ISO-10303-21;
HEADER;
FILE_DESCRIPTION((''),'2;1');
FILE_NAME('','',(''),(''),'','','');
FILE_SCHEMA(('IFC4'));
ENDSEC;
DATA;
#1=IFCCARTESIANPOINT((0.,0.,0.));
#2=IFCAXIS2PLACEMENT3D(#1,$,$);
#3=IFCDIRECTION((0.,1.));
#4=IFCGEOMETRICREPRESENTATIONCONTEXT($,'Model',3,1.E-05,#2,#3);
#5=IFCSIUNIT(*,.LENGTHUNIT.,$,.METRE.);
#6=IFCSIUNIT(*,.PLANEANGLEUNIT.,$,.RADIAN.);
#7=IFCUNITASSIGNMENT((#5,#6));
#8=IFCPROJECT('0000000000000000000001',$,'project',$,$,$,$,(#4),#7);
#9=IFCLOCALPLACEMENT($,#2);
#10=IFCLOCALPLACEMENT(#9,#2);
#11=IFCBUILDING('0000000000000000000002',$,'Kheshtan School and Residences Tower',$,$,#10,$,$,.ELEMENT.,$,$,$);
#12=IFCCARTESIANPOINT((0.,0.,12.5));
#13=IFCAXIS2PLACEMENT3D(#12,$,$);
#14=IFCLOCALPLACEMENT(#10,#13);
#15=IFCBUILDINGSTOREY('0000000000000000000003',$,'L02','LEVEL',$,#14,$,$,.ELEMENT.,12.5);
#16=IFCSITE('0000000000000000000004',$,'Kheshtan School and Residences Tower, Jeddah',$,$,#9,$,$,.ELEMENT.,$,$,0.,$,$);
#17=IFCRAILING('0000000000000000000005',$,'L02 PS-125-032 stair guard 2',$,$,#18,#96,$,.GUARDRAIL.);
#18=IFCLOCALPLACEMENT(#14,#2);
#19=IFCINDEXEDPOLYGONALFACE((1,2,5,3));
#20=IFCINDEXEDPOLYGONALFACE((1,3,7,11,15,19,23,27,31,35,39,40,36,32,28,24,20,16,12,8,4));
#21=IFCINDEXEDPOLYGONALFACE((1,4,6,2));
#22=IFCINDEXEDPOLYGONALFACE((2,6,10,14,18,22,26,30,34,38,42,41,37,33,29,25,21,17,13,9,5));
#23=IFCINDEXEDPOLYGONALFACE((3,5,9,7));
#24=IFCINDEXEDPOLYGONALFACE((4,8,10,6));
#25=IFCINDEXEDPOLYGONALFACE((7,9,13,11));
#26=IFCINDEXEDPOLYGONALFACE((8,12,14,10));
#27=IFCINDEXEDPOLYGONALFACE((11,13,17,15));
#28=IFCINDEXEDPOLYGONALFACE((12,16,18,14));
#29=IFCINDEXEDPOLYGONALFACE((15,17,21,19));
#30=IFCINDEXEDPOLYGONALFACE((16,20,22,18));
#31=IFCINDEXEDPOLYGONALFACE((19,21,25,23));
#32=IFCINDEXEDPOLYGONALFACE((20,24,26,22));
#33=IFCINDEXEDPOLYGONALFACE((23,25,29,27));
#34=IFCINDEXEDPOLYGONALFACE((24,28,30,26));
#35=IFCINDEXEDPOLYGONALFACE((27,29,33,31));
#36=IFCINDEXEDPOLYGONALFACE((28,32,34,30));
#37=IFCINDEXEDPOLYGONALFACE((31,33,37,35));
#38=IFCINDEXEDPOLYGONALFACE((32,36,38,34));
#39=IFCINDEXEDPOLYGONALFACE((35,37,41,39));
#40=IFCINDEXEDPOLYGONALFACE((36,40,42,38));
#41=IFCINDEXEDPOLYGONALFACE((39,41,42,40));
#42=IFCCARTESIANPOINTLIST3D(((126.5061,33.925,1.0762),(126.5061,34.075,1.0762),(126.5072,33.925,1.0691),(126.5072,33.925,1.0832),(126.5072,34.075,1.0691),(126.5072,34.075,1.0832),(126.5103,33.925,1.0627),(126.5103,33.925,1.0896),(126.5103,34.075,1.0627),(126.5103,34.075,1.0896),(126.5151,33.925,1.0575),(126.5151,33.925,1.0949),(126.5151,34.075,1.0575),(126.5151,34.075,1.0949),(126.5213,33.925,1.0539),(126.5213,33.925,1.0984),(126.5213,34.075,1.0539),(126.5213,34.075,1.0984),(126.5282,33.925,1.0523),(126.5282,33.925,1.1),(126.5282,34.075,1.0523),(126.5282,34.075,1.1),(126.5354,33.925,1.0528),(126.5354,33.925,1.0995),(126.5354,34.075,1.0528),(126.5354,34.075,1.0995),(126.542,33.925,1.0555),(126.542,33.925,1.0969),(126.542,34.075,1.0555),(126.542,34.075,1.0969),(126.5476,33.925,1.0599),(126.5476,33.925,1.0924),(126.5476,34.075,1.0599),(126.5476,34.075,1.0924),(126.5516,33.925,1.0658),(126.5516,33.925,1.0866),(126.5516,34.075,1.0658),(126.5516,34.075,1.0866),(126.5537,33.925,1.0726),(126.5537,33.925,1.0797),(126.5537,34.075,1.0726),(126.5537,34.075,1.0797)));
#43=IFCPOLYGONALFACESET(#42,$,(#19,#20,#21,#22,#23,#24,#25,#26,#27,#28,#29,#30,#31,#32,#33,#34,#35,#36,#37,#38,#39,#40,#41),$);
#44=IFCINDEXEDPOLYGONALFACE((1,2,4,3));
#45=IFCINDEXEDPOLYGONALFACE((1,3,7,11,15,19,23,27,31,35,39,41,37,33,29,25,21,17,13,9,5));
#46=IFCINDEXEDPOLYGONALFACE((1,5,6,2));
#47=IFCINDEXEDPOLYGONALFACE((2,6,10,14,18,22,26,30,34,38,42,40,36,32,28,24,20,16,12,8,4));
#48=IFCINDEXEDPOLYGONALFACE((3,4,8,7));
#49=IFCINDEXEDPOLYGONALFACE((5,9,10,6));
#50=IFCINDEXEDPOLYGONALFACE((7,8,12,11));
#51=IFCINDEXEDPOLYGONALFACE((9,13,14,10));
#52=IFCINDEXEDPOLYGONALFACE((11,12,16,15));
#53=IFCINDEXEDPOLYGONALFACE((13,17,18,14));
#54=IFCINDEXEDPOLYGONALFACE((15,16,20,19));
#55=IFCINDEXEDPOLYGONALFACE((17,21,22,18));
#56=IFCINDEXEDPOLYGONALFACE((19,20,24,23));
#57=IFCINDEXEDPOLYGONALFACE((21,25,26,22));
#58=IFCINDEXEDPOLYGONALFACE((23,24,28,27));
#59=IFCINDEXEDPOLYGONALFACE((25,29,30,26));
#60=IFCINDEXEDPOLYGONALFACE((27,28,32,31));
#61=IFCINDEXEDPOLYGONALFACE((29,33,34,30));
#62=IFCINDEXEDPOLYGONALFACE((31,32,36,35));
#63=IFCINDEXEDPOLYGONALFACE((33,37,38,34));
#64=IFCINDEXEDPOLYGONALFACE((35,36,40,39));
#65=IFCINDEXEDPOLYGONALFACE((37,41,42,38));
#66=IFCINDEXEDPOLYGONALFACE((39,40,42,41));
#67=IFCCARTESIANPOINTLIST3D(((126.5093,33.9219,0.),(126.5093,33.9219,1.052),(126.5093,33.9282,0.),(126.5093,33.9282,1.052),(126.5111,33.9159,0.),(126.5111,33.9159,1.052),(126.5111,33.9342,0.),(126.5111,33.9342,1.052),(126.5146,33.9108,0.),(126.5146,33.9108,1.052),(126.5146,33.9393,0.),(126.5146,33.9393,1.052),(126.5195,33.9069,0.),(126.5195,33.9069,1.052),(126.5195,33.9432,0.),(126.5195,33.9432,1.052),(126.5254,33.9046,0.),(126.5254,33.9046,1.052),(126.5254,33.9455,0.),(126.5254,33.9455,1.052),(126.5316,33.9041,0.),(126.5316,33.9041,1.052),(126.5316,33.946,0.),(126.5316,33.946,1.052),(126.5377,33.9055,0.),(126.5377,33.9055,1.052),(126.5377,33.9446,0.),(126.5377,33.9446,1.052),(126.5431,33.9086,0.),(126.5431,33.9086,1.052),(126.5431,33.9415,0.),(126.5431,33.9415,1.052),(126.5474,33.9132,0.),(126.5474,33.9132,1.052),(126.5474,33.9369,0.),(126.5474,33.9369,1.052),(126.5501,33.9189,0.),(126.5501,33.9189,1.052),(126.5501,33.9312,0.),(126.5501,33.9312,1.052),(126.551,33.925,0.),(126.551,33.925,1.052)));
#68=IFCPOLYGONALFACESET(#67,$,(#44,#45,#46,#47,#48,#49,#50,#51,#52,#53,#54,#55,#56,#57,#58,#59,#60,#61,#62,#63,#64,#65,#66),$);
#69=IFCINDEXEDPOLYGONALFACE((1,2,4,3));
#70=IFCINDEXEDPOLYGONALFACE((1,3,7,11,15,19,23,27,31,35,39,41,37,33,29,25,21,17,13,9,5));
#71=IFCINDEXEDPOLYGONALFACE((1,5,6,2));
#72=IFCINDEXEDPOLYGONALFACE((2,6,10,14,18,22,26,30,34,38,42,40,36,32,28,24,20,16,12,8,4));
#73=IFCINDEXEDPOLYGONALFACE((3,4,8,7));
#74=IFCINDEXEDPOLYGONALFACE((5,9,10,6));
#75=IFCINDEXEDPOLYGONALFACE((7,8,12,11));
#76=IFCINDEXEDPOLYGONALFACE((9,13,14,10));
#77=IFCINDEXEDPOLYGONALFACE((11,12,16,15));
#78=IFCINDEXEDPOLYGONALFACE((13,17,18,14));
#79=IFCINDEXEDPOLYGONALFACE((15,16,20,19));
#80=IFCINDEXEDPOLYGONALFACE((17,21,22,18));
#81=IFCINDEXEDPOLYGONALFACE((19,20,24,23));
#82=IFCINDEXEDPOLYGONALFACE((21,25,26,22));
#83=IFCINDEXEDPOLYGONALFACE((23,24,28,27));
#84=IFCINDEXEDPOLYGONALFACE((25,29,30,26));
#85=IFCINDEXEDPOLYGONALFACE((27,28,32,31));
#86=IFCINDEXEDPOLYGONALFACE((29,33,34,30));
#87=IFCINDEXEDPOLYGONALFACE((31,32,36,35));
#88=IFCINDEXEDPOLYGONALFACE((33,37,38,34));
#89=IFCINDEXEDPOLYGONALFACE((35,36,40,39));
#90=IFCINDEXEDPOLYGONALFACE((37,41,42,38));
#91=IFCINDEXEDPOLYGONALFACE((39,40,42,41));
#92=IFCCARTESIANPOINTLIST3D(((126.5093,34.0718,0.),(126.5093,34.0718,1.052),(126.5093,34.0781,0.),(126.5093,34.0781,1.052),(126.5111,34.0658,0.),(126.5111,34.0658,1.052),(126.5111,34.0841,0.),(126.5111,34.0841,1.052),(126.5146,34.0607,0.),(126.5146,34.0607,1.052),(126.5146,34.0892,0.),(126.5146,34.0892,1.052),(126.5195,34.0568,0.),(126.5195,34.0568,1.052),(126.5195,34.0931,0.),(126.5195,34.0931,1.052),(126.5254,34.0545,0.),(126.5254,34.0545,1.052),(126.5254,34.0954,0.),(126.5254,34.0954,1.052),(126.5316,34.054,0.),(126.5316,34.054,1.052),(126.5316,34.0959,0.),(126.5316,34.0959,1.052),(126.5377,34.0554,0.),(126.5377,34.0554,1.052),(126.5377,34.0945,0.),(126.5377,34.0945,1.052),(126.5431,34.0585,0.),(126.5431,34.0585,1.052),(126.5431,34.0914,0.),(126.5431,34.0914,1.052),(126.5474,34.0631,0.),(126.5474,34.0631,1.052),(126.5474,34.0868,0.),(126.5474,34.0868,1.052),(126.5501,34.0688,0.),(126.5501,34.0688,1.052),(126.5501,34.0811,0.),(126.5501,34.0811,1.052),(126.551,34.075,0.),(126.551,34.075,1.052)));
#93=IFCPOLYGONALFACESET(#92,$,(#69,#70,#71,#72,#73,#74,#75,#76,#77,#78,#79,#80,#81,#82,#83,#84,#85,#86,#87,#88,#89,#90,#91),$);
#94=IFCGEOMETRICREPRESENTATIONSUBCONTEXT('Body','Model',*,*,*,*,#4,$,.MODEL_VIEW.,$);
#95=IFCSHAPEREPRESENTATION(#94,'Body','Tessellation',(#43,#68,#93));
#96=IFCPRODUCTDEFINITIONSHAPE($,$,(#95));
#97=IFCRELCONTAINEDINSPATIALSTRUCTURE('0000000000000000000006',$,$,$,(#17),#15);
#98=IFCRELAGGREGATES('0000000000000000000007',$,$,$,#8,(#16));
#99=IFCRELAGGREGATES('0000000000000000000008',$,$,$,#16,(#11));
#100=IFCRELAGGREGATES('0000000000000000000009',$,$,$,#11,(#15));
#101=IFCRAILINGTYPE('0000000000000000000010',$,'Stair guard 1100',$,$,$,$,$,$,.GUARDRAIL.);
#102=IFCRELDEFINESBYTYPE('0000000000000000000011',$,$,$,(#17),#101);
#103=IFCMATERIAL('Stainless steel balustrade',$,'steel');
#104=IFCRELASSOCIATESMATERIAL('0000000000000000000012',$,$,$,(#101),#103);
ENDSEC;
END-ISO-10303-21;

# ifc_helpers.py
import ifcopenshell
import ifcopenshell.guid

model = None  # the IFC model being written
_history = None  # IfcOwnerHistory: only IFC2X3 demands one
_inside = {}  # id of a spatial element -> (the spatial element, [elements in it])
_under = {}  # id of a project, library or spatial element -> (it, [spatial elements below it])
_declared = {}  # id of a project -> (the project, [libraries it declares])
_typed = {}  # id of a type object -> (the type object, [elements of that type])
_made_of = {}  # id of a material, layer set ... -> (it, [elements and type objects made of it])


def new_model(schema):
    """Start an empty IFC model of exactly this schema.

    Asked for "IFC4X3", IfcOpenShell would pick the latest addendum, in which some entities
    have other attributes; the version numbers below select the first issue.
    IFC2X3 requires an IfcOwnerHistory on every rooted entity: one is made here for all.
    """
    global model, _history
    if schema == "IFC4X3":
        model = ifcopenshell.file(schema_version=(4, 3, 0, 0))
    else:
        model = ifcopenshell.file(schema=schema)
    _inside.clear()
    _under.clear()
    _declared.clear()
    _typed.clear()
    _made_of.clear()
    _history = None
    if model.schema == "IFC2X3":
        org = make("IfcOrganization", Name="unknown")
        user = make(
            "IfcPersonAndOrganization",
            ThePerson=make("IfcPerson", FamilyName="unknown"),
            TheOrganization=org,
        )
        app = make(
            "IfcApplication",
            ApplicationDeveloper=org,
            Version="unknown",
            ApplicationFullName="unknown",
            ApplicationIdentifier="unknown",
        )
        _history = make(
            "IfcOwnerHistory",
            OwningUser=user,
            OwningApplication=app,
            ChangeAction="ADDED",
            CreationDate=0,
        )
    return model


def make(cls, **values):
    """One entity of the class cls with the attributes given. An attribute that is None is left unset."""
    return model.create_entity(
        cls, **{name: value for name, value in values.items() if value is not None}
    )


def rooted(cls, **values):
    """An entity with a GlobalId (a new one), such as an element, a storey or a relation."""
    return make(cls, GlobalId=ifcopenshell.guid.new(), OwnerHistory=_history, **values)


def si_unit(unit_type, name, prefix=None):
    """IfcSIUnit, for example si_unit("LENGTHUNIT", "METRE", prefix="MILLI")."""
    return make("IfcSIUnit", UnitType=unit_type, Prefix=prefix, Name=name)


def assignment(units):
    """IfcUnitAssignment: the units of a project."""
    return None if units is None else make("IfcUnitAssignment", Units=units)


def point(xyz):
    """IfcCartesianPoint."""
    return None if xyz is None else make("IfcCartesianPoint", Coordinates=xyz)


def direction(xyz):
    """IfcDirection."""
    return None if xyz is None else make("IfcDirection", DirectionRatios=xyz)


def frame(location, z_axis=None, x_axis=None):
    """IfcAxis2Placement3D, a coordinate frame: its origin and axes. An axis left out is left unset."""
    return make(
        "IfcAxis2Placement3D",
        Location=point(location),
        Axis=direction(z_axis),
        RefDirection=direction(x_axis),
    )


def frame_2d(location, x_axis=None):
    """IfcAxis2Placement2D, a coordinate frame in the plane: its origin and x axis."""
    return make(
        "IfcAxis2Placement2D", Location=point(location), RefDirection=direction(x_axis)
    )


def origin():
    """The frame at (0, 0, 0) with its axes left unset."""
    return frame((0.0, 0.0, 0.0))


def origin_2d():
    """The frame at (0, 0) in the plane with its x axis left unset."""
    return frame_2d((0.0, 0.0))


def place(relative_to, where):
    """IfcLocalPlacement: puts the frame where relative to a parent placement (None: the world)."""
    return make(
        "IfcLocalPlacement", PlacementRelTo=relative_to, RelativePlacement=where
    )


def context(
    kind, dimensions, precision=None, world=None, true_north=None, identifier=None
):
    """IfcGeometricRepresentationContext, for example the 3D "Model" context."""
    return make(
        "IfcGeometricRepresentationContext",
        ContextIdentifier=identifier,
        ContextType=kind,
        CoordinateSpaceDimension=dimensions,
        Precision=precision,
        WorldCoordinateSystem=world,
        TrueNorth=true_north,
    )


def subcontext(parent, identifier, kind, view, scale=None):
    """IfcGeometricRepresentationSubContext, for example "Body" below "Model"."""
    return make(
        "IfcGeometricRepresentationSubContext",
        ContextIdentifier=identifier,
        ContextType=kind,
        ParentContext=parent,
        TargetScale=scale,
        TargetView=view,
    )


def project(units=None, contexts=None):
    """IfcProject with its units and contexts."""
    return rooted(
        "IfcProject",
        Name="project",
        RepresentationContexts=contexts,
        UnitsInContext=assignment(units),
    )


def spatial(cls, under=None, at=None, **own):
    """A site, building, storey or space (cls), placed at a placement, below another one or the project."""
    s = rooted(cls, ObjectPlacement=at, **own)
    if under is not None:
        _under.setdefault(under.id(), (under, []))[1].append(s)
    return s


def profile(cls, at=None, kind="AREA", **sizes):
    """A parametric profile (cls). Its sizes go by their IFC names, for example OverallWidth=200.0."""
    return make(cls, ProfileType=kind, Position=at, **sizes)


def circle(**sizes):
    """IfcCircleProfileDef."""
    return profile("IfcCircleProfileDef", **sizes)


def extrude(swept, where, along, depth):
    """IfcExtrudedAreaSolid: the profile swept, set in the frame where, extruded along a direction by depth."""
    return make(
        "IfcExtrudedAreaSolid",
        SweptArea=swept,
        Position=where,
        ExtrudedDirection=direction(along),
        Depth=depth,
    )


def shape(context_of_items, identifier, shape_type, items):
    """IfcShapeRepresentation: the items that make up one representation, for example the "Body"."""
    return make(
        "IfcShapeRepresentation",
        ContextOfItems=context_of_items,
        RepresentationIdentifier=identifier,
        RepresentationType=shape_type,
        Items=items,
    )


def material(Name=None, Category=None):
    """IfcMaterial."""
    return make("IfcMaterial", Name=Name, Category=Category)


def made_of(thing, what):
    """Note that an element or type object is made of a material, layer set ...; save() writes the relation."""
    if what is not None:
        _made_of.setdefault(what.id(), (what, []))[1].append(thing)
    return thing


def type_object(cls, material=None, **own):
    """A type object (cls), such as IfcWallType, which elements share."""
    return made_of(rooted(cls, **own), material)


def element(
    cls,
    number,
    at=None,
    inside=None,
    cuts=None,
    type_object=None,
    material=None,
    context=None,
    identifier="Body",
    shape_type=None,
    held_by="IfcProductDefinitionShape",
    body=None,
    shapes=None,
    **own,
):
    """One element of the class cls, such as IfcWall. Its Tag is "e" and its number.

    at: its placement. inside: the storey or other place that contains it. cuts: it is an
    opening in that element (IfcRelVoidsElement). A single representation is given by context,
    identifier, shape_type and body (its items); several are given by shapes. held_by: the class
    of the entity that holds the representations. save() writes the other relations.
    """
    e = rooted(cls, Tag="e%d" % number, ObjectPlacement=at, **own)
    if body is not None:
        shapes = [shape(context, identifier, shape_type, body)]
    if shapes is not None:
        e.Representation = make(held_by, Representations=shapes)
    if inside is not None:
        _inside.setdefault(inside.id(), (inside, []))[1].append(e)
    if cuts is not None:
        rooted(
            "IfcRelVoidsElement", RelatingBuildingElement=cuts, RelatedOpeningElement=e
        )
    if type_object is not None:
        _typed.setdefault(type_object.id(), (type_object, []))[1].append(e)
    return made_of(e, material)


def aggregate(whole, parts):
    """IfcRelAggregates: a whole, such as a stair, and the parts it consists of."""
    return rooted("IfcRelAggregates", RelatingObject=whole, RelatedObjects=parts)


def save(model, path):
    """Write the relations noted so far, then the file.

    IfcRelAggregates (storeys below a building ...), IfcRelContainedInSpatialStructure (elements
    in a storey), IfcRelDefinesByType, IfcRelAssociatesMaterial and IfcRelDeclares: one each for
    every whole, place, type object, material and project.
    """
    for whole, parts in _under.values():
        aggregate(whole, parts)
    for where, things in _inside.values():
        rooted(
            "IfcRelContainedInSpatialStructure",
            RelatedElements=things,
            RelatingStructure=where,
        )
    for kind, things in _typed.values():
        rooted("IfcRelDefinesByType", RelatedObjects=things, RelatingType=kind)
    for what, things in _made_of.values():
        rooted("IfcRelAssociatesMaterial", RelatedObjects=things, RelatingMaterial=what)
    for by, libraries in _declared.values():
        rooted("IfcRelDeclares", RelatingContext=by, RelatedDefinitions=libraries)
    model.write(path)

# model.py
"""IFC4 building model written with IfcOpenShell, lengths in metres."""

from ifc_helpers import new_model, si_unit, direction, frame, origin, origin_2d, place, context, subcontext, project, spatial, circle, extrude, material, type_object, element, save


model = new_model("IFC4")

# Units and contexts
model_context = context("Model", 3, precision=1e-05, world=origin(), true_north=direction((0.0, 1.0)))
body_context = subcontext(model_context, "Body", "Model", "MODEL_VIEW")
ifc_project = project(units=[si_unit("LENGTHUNIT", "METRE"), si_unit("PLANEANGLEUNIT", "RADIAN")], contexts=[model_context])

# Site, building, storey
site_placement = place(None, origin())
site = spatial("IfcSite", under=ifc_project, at=site_placement, Name="Kheshtan School and Residences Tower, Jeddah", CompositionType="ELEMENT", RefElevation=0.0)
building_placement = place(site_placement, origin())
building = spatial("IfcBuilding", under=site, at=building_placement, Name="Kheshtan School and Residences Tower", CompositionType="ELEMENT")
storey_placement = place(building_placement, frame((0.0, 0.0, 12.5)))
storey = spatial("IfcBuildingStorey", under=building, at=storey_placement, Name="L02", Description="LEVEL", CompositionType="ELEMENT", Elevation=12.5)

# Railing
ifc_material_1 = material(Name="Stainless steel balustrade", Category="steel")
railing_type_1 = type_object("IfcRailingType", Name="Stair guard 1100", PredefinedType="GUARDRAIL", material=ifc_material_1)
railing_1_placement = place(storey_placement, frame((126.53, 33.925, 0.0)))
element("IfcRailing", 1, at=railing_1_placement, inside=storey, type_object=railing_type_1, Name="L02 PS-125-032 stair guard 2", PredefinedType="GUARDRAIL", context=body_context, shape_type="SweptSolid", body=[
    extrude(circle(Radius=0.0239, at=origin_2d()), frame((0.0, 0.0, 1.0762), z_axis=(0.0, 1.0, 0.0), x_axis=(-1.0, 0.0, 0.0)), (0.0, 0.0, 1.0), 0.1499),
    extrude(circle(Radius=0.021, at=origin_2d()), origin(), (0.0, 0.0, 1.0), 1.052),
    extrude(circle(Radius=0.021, at=origin_2d()), frame((0.0, 0.1499, 0.0)), (0.0, 0.0, 1.0), 1.052),
])

save(model, "model.ifc")
